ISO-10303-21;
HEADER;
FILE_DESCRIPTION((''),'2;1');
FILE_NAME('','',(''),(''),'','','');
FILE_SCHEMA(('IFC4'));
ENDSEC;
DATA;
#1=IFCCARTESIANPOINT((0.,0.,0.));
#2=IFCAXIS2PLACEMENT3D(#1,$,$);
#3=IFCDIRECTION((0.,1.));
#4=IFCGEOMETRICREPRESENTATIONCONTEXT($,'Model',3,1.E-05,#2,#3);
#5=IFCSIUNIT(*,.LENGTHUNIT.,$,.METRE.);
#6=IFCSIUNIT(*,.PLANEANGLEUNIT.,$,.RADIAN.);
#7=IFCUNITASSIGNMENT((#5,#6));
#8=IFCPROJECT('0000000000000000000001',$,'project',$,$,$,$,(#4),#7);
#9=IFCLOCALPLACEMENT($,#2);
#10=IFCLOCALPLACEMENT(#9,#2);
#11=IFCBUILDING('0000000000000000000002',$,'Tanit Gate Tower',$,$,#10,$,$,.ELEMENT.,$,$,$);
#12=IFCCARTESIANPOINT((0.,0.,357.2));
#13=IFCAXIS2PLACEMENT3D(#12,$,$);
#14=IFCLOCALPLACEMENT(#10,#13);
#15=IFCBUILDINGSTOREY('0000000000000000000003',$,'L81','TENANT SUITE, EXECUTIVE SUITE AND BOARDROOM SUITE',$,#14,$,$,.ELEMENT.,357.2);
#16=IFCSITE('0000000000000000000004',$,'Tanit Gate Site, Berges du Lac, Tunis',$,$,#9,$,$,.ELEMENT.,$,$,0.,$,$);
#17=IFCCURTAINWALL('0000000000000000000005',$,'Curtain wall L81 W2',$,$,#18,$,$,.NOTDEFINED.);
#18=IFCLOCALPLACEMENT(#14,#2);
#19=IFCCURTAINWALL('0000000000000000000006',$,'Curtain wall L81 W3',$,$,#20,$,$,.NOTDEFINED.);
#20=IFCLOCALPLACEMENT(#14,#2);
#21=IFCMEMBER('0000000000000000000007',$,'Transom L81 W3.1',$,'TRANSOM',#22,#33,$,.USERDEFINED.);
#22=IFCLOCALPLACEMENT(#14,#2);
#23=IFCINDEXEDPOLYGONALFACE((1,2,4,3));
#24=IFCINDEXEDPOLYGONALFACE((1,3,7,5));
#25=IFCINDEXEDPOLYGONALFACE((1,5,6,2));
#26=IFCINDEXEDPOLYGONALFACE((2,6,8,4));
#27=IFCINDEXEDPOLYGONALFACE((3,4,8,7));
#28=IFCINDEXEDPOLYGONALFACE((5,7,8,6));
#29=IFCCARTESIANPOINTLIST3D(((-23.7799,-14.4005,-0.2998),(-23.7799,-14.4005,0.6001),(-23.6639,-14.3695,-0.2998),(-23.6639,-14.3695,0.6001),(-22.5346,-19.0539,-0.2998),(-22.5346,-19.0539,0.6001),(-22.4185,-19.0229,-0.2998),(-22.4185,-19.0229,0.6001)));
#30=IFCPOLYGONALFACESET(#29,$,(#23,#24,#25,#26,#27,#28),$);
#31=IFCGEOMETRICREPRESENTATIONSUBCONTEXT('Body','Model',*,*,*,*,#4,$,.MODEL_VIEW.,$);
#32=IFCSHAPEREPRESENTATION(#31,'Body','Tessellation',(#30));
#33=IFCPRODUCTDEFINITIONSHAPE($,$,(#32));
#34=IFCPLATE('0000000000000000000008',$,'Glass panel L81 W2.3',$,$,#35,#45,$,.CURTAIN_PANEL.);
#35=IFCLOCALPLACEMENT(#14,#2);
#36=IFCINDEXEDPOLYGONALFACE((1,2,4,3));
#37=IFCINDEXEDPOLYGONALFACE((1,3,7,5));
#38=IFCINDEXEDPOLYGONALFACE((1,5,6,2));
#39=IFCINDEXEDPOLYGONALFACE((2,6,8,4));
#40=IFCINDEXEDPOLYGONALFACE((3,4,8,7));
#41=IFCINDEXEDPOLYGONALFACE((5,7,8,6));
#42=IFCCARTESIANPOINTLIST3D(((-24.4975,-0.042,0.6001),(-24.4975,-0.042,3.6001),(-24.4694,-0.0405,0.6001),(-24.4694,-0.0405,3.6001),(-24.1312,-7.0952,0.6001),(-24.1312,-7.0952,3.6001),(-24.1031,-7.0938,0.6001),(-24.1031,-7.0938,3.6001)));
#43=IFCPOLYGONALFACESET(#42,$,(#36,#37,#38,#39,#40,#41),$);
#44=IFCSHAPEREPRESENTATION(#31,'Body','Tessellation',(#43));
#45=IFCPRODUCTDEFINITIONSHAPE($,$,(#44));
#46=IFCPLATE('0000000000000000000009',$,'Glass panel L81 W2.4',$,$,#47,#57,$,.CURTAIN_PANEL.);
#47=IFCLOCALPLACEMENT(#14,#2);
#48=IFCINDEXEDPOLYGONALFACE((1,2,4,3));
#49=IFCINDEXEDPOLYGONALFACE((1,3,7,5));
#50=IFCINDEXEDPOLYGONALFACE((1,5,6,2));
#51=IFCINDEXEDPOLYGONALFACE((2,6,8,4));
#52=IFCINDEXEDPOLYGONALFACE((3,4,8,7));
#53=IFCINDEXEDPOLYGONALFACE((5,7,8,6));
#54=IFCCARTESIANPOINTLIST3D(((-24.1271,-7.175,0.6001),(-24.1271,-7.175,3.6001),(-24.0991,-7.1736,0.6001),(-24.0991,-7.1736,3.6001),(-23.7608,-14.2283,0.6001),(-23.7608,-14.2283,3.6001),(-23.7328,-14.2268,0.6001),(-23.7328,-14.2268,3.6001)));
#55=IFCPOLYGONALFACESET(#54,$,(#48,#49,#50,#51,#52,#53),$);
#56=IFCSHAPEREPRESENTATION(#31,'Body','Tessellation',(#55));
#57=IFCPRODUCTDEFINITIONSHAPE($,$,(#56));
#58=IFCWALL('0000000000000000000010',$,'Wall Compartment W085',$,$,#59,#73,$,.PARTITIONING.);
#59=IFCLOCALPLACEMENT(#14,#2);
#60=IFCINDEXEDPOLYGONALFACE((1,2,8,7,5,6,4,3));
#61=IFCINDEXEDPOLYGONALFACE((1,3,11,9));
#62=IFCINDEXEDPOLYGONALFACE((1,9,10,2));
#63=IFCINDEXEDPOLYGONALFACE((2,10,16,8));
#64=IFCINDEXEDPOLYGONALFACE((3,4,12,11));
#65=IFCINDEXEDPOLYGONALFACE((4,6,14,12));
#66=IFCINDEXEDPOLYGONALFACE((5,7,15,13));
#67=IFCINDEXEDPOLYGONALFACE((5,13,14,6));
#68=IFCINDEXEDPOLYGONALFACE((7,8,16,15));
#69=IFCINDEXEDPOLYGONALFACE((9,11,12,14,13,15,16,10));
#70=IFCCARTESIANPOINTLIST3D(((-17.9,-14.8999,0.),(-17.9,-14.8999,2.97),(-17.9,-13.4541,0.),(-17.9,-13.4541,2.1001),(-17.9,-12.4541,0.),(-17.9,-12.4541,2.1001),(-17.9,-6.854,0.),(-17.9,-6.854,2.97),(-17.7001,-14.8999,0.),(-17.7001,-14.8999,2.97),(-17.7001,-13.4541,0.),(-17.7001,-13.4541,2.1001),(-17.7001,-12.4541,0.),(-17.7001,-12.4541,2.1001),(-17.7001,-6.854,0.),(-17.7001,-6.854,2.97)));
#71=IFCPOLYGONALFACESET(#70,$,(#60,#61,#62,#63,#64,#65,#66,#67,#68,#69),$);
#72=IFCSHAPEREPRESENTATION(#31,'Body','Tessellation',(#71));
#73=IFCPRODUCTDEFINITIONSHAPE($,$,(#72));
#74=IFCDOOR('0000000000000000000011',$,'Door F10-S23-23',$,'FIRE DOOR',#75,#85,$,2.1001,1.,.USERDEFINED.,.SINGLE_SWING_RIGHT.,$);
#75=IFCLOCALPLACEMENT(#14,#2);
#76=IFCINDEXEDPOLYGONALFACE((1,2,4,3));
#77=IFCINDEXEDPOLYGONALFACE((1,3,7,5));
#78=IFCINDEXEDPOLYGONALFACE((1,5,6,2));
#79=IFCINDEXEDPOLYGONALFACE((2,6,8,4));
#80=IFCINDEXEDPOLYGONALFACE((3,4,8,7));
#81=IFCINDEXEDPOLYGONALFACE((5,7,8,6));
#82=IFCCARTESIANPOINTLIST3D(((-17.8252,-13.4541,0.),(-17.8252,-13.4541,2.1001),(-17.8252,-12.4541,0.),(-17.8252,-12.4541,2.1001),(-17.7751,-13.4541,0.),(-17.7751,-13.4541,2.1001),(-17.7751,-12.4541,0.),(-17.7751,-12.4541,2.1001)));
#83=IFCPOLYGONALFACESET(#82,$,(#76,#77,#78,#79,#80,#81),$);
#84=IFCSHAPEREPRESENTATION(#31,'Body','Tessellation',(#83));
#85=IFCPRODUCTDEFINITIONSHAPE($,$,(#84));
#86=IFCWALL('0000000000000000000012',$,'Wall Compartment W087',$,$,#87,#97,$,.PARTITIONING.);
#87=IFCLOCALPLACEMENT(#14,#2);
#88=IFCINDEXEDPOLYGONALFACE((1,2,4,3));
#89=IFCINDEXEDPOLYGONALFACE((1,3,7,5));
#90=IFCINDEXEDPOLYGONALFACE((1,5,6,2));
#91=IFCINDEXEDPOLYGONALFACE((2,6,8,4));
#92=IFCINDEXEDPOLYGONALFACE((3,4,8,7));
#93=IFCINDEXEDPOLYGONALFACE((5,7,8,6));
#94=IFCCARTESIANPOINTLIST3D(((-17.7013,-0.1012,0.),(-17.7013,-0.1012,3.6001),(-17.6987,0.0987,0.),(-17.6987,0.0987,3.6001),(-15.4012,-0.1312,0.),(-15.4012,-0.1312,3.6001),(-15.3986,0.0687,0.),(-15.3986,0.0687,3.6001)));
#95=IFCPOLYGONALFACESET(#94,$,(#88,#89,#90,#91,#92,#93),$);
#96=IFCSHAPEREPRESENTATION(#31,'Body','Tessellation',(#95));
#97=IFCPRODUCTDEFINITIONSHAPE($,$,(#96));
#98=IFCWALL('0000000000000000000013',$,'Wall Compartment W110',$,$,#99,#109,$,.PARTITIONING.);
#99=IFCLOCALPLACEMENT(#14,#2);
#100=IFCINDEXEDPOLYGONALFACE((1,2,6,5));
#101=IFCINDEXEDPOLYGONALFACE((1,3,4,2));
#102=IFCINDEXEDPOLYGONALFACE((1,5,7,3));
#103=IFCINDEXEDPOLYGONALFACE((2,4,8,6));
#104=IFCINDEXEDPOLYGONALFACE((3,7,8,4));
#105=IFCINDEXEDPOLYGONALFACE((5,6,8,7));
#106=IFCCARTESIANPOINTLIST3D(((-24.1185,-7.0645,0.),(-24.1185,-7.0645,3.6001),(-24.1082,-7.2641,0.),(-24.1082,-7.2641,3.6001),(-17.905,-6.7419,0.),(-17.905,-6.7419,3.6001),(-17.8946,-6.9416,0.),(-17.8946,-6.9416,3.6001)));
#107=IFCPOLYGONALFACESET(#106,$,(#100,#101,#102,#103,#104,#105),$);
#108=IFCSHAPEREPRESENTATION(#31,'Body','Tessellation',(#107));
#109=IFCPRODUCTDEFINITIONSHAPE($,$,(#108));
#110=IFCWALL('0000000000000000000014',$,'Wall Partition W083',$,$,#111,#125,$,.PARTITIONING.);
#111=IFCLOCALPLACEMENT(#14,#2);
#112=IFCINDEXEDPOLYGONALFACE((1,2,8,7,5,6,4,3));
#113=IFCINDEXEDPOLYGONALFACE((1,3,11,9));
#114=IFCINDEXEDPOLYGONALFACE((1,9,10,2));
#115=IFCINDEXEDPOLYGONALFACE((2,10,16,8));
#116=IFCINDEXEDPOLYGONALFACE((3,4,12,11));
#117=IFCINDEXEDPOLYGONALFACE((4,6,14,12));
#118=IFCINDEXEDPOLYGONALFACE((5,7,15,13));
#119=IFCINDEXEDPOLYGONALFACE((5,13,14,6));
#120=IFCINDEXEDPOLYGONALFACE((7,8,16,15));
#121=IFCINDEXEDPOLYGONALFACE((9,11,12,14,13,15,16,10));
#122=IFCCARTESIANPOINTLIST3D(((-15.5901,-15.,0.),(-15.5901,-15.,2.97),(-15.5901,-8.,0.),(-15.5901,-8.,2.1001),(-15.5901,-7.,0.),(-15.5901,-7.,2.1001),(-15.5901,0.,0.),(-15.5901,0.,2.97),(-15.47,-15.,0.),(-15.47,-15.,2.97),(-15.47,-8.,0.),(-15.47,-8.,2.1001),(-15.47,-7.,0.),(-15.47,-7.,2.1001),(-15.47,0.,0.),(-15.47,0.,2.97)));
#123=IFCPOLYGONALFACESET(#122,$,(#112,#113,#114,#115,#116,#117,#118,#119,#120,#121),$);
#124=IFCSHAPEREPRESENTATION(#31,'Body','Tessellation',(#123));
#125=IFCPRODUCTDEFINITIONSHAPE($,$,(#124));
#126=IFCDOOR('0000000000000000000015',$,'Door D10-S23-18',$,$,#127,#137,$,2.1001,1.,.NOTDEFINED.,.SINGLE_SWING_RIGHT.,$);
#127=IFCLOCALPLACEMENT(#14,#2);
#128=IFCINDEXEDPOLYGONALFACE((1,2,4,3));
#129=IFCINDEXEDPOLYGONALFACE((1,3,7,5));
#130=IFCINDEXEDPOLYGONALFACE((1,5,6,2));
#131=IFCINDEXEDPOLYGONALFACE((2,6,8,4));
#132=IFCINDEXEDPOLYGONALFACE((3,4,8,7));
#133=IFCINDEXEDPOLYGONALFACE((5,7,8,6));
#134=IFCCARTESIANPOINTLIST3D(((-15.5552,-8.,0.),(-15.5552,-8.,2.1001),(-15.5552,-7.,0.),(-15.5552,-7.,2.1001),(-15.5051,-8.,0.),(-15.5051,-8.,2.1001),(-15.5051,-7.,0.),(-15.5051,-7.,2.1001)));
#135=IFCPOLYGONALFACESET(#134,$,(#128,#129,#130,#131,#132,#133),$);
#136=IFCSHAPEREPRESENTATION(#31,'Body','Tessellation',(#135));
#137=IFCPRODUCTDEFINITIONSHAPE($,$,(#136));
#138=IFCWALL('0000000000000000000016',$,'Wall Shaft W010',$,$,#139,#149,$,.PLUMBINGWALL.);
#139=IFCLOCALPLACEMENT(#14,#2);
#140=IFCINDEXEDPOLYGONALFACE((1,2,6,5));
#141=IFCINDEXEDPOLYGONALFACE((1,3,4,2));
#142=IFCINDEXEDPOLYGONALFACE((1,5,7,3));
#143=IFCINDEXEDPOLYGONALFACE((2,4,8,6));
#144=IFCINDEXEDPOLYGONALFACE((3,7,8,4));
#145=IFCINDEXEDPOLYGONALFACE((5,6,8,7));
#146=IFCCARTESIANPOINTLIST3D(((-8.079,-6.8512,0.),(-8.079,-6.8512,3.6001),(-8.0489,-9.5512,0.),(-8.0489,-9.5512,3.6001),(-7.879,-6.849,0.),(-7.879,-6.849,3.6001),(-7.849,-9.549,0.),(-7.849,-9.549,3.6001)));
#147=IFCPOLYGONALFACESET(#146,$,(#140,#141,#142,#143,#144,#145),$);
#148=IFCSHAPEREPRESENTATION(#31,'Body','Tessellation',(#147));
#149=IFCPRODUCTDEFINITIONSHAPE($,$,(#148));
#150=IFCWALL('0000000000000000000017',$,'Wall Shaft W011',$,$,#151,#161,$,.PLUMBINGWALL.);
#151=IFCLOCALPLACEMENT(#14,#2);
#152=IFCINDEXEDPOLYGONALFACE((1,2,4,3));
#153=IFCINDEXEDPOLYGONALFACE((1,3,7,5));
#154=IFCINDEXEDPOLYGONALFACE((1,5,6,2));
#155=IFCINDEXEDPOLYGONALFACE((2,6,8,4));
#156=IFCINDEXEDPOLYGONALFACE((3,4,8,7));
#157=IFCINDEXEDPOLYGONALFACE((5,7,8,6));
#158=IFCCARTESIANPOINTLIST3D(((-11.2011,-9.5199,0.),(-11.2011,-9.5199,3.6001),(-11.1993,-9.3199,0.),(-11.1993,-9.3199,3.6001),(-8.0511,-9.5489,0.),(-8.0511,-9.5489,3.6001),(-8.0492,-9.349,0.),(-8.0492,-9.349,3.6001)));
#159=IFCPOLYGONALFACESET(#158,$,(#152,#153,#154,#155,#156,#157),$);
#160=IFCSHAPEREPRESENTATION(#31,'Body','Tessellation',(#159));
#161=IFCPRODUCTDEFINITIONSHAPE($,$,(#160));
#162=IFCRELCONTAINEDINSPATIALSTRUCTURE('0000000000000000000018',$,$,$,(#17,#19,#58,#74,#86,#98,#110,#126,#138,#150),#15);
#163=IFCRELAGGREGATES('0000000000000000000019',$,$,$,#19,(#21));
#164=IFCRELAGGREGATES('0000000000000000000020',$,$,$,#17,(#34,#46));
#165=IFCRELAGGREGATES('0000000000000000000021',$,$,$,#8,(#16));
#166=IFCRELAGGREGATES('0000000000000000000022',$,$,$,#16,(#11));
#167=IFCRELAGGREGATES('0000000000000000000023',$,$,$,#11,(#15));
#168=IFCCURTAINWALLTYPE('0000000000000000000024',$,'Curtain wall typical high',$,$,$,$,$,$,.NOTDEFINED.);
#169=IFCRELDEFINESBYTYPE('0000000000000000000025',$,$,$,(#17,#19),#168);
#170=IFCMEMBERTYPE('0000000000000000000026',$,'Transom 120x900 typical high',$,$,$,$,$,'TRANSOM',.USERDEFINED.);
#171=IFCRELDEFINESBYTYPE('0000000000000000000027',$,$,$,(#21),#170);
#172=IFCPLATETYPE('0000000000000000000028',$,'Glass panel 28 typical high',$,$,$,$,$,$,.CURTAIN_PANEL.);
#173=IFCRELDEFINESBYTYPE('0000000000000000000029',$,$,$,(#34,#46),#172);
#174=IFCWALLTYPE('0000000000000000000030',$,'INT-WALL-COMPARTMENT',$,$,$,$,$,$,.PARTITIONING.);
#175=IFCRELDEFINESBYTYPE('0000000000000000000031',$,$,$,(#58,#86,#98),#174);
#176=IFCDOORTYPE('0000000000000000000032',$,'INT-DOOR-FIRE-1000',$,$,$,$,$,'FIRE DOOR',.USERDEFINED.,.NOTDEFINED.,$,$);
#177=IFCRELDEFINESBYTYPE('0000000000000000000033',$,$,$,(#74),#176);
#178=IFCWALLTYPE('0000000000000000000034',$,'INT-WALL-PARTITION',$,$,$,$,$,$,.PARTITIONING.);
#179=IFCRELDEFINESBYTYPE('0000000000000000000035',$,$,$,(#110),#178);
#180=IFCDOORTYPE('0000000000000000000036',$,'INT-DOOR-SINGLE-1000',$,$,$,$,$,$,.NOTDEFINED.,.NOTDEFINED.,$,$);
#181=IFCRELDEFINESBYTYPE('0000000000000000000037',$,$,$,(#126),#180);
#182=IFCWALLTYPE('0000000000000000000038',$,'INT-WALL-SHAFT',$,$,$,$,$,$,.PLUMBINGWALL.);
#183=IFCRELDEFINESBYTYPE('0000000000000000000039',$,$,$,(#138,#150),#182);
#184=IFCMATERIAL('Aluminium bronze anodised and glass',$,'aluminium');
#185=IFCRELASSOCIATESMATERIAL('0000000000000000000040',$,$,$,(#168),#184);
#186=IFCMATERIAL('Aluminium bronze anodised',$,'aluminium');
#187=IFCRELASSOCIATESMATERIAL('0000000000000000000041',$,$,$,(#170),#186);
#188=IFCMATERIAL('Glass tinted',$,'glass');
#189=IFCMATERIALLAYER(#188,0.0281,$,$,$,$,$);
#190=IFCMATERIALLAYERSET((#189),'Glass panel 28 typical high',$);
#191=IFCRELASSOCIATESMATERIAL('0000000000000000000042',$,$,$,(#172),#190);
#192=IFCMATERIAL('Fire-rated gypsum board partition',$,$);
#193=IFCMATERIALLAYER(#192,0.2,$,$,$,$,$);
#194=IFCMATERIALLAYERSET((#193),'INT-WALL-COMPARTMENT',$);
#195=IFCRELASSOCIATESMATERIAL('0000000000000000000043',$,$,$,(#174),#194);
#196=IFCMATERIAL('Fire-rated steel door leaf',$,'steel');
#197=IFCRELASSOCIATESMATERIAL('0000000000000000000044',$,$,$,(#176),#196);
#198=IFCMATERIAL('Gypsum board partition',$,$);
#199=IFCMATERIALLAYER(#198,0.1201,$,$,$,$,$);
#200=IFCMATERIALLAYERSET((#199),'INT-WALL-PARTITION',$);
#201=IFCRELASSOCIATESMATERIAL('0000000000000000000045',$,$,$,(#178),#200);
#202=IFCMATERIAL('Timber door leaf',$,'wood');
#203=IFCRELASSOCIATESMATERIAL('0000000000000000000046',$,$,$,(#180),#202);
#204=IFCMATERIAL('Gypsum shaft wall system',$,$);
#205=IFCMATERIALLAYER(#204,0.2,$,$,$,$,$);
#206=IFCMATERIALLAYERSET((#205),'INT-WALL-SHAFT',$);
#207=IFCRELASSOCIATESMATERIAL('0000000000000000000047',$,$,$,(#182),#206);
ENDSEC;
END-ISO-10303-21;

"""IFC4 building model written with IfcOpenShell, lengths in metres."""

from ifc_helpers import new_model, si_unit, direction, frame, frame_2d, origin, origin_2d, place, context, subcontext, project, spatial, rectangle, extrude, material, layer, layer_set, material_profile, profile_set, type_object, element, fill, aggregate, save


model = new_model("IFC4")

# Units and contexts
model_context = context("Model", 3, precision=1e-05, world=origin(), true_north=direction((0.0, 1.0)))
body_context = subcontext(model_context, "Body", "Model", "MODEL_VIEW")
ifc_project = project(units=[si_unit("LENGTHUNIT", "METRE"), si_unit("PLANEANGLEUNIT", "RADIAN")], contexts=[model_context])

# Site, building, storey
site_placement = place(None, origin())
site = spatial("IfcSite", under=ifc_project, at=site_placement, Name="Tanit Gate Site, Berges du Lac, Tunis", CompositionType="ELEMENT", RefElevation=0.0)
building_placement = place(site_placement, origin())
building = spatial("IfcBuilding", under=site, at=building_placement, Name="Tanit Gate Tower", CompositionType="ELEMENT")
storey_placement = place(building_placement, frame((0.0, 0.0, 357.2)))
storey = spatial("IfcBuildingStorey", under=building, at=storey_placement, Name="L81", Description="TENANT SUITE, EXECUTIVE SUITE AND BOARDROOM SUITE", CompositionType="ELEMENT", Elevation=357.2)

# Curtain wall
ifc_material_1 = material(Name="Aluminium bronze anodised and glass", Category="aluminium")
curtain_wall_type = type_object("IfcCurtainWallType", Name="Curtain wall typical high", PredefinedType="NOTDEFINED", material=ifc_material_1)
curtain_wall_1_placement = place(storey_placement, origin())
curtain_wall_1 = element("IfcCurtainWall", 1, at=curtain_wall_1_placement, inside=storey, type_object=curtain_wall_type, Name="Curtain wall L81 W2", PredefinedType="NOTDEFINED")

# Shared definitions
ifc_material_2 = material(Name="Aluminium bronze anodised", Category="aluminium")
ifc_material_profile_1 = material_profile(ifc_material_2, rectangle(XDim=0.1201, YDim=0.8999, at=origin_2d()), Name="120x900 bronze transom")
ifc_profile_set_1 = profile_set([ifc_material_profile_1], Name="Aluminium bronze anodised")
member_type_1 = type_object("IfcMemberType", Name="Transom 120x900 typical high", ElementType="TRANSOM", PredefinedType="USERDEFINED", material=ifc_profile_set_1)

# Curtain wall, member
curtain_wall_2_placement = place(storey_placement, origin())
curtain_wall_2 = element("IfcCurtainWall", 2, at=curtain_wall_2_placement, inside=storey, type_object=curtain_wall_type, Name="Curtain wall L81 W3", PredefinedType="NOTDEFINED")
member_1_placement = place(storey_placement, frame((-23.7219, -14.385, 0.1501), z_axis=(0.25853, -0.966003, 0.0), x_axis=(0.966003, 0.25853, 0.0)))
member_1 = element("IfcMember", 3, at=member_1_placement, type_object=member_type_1, Name="Transom L81 W3.1", ObjectType="TRANSOM", PredefinedType="USERDEFINED", context=body_context, shape_type="SweptSolid", body=[
    extrude(rectangle(XDim=0.1201, YDim=0.8999, at=origin_2d()), origin(), (0.0, 0.0, 1.0), 4.8171),
])
aggregate(curtain_wall_2, [member_1])

# Plates
ifc_material_3 = material(Name="Glass tinted", Category="glass")
ifc_layer_1 = layer(ifc_material_3, 0.0281)
ifc_layer_set_1 = layer_set([ifc_layer_1], Name="Glass panel 28 typical high")
plate_type = type_object("IfcPlateType", Name="Glass panel 28 typical high", PredefinedType="CURTAIN_PANEL", material=ifc_layer_set_1)
plate_1_placement = place(storey_placement, frame((-24.3003, -3.5679, 0.6001), z_axis=(0.0, 0.0, 1.0), x_axis=(0.051865, -0.998654, 0.0)))
plate_1 = element("IfcPlate", 4, at=plate_1_placement, type_object=plate_type, Name="Glass panel L81 W2.3", PredefinedType="CURTAIN_PANEL", context=body_context, shape_type="SweptSolid", body=[
    extrude(rectangle(XDim=7.0627, YDim=0.0281, at=origin_2d()), origin(), (0.0, 0.0, 1.0), 3.0),
])
plate_2_placement = place(storey_placement, frame((-23.9299, -10.7009, 0.6001), z_axis=(0.0, 0.0, 1.0), x_axis=(0.051865, -0.998654, 0.0)))
plate_2 = element("IfcPlate", 5, at=plate_2_placement, type_object=plate_type, Name="Glass panel L81 W2.4", PredefinedType="CURTAIN_PANEL", context=body_context, shape_type="SweptSolid", body=[
    extrude(rectangle(XDim=7.0627, YDim=0.0281, at=origin_2d()), origin(), (0.0, 0.0, 1.0), 3.0),
])
aggregate(curtain_wall_1, [plate_1, plate_2])

# Wall, opening, door
ifc_material_4 = material(Name="Fire-rated gypsum board partition")
ifc_layer_2 = layer(ifc_material_4, 0.2)
ifc_layer_set_2 = layer_set([ifc_layer_2], Name="INT-WALL-COMPARTMENT")
wall_type_1 = type_object("IfcWallType", Name="INT-WALL-COMPARTMENT", PredefinedType="PARTITIONING", material=ifc_layer_set_2)
wall_1_placement = place(storey_placement, frame((-17.8, -6.854, 0.0), z_axis=(0.0, 0.0, 1.0), x_axis=(0.0, -1.0, 0.0)))
wall_1 = element("IfcWall", 6, at=wall_1_placement, inside=storey, type_object=wall_type_1, Name="Wall Compartment W085", PredefinedType="PARTITIONING", context=body_context, shape_type="SweptSolid", body=[
    extrude(rectangle(XDim=8.0459, YDim=0.2, at=frame_2d((4.0229, 0.0))), origin(), (0.0, 0.0, 1.0), 2.97),
])
opening_1_placement = place(wall_1_placement, frame((5.6001, 0.0, 0.0)))
opening_1 = element("IfcOpeningElement", 7, at=opening_1_placement, cuts=wall_1, PredefinedType="OPENING", context=body_context, shape_type="SweptSolid", body=[
    extrude(rectangle(XDim=1.0, YDim=2.1001, at=frame_2d((0.5, 1.05))), frame((0.0, 0.1099, 0.0), z_axis=(0.0, -1.0, 0.0), x_axis=(1.0, 0.0, 0.0)), (0.0, 0.0, 1.0), 0.22),
])
ifc_material_5 = material(Name="Fire-rated steel door leaf", Category="steel")
door_type_1 = type_object("IfcDoorType", Name="INT-DOOR-FIRE-1000", ElementType="FIRE DOOR", OperationType="NOTDEFINED", PredefinedType="USERDEFINED", material=ifc_material_5)
door_1_placement = place(opening_1_placement, origin())
door_1 = element("IfcDoor", 8, at=door_1_placement, inside=storey, type_object=door_type_1, Name="Door F10-S23-23", ObjectType="FIRE DOOR", OperationType="SINGLE_SWING_RIGHT", OverallHeight=2.1001, OverallWidth=1.0, PredefinedType="USERDEFINED", context=body_context, shape_type="SweptSolid", body=[
    extrude(rectangle(XDim=1.0, YDim=2.1001, at=frame_2d((0.5, 1.05))), frame((0.0, 0.0249, 0.0), z_axis=(0.0, -1.0, 0.0), x_axis=(1.0, 0.0, 0.0)), (0.0, 0.0, 1.0), 0.05),
])
fill(opening_1, door_1)

# Walls
wall_2_placement = place(storey_placement, frame((-15.3999, -0.0312, 0.0), z_axis=(0.0, 0.0, 1.0), x_axis=(-0.999915, 0.013055, 0.0)))
element("IfcWall", 9, at=wall_2_placement, inside=storey, type_object=wall_type_1, Name="Wall Compartment W087", PredefinedType="PARTITIONING", context=body_context, shape_type="SweptSolid", body=[
    extrude(rectangle(XDim=2.3003, YDim=0.2, at=frame_2d((1.1501, 0.0))), origin(), (0.0, 0.0, 1.0), 3.6001),
])
wall_3_placement = place(storey_placement, frame((-17.8999, -6.8418, 0.0), z_axis=(0.0, 0.0, 1.0), x_axis=(-0.998656, -0.051834, 0.0)))
element("IfcWall", 10, at=wall_3_placement, inside=storey, type_object=wall_type_1, Name="Wall Compartment W110", PredefinedType="PARTITIONING", context=body_context, shape_type="SweptSolid", body=[
    extrude(rectangle(XDim=6.2219, YDim=0.2, at=frame_2d((3.1108, 0.0))), origin(), (0.0, 0.0, 1.0), 3.6001),
])

# Wall, opening, door
ifc_material_6 = material(Name="Gypsum board partition")
ifc_layer_3 = layer(ifc_material_6, 0.1201)
ifc_layer_set_3 = layer_set([ifc_layer_3], Name="INT-WALL-PARTITION")
wall_type_2 = type_object("IfcWallType", Name="INT-WALL-PARTITION", PredefinedType="PARTITIONING", material=ifc_layer_set_3)
wall_4_placement = place(storey_placement, frame((-15.53, 0.0, 0.0), z_axis=(0.0, 0.0, 1.0), x_axis=(0.0, -1.0, 0.0)))
wall_4 = element("IfcWall", 11, at=wall_4_placement, inside=storey, type_object=wall_type_2, Name="Wall Partition W083", PredefinedType="PARTITIONING", context=body_context, shape_type="SweptSolid", body=[
    extrude(rectangle(XDim=15.0, YDim=0.1201, at=frame_2d((7.5, 0.0))), origin(), (0.0, 0.0, 1.0), 2.97),
])
opening_2_placement = place(wall_4_placement, frame((7.0, 0.0, 0.0)))
opening_2 = element("IfcOpeningElement", 12, at=opening_2_placement, cuts=wall_4, PredefinedType="OPENING", context=body_context, shape_type="SweptSolid", body=[
    extrude(rectangle(XDim=1.0, YDim=2.1001, at=frame_2d((0.5, 1.05))), frame((0.0, 0.0701, 0.0), z_axis=(0.0, -1.0, 0.0), x_axis=(1.0, 0.0, 0.0)), (0.0, 0.0, 1.0), 0.1401),
])
ifc_material_7 = material(Name="Timber door leaf", Category="wood")
door_type_2 = type_object("IfcDoorType", Name="INT-DOOR-SINGLE-1000", OperationType="NOTDEFINED", PredefinedType="NOTDEFINED", material=ifc_material_7)
door_2_placement = place(opening_2_placement, origin())
door_2 = element("IfcDoor", 13, at=door_2_placement, inside=storey, type_object=door_type_2, Name="Door D10-S23-18", OperationType="SINGLE_SWING_RIGHT", OverallHeight=2.1001, OverallWidth=1.0, PredefinedType="NOTDEFINED", context=body_context, shape_type="SweptSolid", body=[
    extrude(rectangle(XDim=1.0, YDim=2.1001, at=frame_2d((0.5, 1.05))), frame((0.0, 0.0249, 0.0), z_axis=(0.0, -1.0, 0.0), x_axis=(1.0, 0.0, 0.0)), (0.0, 0.0, 1.0), 0.05),
])
fill(opening_2, door_2)

# Walls
ifc_material_8 = material(Name="Gypsum shaft wall system")
ifc_layer_4 = layer(ifc_material_8, 0.2)
ifc_layer_set_4 = layer_set([ifc_layer_4], Name="INT-WALL-SHAFT")
wall_type_3 = type_object("IfcWallType", Name="INT-WALL-SHAFT", PredefinedType="PLUMBINGWALL", material=ifc_layer_set_4)
wall_5_placement = place(storey_placement, frame((-7.979, -6.8501, 0.0), z_axis=(0.0, 0.0, 1.0), x_axis=(0.011121, -0.999938, 0.0)))
element("IfcWall", 14, at=wall_5_placement, inside=storey, type_object=wall_type_3, Name="Wall Shaft W010", PredefinedType="PLUMBINGWALL", context=body_context, shape_type="SweptSolid", body=[
    extrude(rectangle(XDim=2.7002, YDim=0.2, at=frame_2d((1.3501, 0.0))), origin(), (0.0, 0.0, 1.0), 3.6001),
])
wall_6_placement = place(storey_placement, frame((-8.05, -9.449, 0.0), z_axis=(0.0, 0.0, 1.0), x_axis=(-0.999957, 0.009223, 0.0)))
element("IfcWall", 15, at=wall_6_placement, inside=storey, type_object=wall_type_3, Name="Wall Shaft W011", PredefinedType="PLUMBINGWALL", context=body_context, shape_type="SweptSolid", body=[
    extrude(rectangle(XDim=3.1501, YDim=0.2, at=frame_2d((1.5752, 0.0))), origin(), (0.0, 0.0, 1.0), 3.6001),
])

save(model, "model.ifc")
